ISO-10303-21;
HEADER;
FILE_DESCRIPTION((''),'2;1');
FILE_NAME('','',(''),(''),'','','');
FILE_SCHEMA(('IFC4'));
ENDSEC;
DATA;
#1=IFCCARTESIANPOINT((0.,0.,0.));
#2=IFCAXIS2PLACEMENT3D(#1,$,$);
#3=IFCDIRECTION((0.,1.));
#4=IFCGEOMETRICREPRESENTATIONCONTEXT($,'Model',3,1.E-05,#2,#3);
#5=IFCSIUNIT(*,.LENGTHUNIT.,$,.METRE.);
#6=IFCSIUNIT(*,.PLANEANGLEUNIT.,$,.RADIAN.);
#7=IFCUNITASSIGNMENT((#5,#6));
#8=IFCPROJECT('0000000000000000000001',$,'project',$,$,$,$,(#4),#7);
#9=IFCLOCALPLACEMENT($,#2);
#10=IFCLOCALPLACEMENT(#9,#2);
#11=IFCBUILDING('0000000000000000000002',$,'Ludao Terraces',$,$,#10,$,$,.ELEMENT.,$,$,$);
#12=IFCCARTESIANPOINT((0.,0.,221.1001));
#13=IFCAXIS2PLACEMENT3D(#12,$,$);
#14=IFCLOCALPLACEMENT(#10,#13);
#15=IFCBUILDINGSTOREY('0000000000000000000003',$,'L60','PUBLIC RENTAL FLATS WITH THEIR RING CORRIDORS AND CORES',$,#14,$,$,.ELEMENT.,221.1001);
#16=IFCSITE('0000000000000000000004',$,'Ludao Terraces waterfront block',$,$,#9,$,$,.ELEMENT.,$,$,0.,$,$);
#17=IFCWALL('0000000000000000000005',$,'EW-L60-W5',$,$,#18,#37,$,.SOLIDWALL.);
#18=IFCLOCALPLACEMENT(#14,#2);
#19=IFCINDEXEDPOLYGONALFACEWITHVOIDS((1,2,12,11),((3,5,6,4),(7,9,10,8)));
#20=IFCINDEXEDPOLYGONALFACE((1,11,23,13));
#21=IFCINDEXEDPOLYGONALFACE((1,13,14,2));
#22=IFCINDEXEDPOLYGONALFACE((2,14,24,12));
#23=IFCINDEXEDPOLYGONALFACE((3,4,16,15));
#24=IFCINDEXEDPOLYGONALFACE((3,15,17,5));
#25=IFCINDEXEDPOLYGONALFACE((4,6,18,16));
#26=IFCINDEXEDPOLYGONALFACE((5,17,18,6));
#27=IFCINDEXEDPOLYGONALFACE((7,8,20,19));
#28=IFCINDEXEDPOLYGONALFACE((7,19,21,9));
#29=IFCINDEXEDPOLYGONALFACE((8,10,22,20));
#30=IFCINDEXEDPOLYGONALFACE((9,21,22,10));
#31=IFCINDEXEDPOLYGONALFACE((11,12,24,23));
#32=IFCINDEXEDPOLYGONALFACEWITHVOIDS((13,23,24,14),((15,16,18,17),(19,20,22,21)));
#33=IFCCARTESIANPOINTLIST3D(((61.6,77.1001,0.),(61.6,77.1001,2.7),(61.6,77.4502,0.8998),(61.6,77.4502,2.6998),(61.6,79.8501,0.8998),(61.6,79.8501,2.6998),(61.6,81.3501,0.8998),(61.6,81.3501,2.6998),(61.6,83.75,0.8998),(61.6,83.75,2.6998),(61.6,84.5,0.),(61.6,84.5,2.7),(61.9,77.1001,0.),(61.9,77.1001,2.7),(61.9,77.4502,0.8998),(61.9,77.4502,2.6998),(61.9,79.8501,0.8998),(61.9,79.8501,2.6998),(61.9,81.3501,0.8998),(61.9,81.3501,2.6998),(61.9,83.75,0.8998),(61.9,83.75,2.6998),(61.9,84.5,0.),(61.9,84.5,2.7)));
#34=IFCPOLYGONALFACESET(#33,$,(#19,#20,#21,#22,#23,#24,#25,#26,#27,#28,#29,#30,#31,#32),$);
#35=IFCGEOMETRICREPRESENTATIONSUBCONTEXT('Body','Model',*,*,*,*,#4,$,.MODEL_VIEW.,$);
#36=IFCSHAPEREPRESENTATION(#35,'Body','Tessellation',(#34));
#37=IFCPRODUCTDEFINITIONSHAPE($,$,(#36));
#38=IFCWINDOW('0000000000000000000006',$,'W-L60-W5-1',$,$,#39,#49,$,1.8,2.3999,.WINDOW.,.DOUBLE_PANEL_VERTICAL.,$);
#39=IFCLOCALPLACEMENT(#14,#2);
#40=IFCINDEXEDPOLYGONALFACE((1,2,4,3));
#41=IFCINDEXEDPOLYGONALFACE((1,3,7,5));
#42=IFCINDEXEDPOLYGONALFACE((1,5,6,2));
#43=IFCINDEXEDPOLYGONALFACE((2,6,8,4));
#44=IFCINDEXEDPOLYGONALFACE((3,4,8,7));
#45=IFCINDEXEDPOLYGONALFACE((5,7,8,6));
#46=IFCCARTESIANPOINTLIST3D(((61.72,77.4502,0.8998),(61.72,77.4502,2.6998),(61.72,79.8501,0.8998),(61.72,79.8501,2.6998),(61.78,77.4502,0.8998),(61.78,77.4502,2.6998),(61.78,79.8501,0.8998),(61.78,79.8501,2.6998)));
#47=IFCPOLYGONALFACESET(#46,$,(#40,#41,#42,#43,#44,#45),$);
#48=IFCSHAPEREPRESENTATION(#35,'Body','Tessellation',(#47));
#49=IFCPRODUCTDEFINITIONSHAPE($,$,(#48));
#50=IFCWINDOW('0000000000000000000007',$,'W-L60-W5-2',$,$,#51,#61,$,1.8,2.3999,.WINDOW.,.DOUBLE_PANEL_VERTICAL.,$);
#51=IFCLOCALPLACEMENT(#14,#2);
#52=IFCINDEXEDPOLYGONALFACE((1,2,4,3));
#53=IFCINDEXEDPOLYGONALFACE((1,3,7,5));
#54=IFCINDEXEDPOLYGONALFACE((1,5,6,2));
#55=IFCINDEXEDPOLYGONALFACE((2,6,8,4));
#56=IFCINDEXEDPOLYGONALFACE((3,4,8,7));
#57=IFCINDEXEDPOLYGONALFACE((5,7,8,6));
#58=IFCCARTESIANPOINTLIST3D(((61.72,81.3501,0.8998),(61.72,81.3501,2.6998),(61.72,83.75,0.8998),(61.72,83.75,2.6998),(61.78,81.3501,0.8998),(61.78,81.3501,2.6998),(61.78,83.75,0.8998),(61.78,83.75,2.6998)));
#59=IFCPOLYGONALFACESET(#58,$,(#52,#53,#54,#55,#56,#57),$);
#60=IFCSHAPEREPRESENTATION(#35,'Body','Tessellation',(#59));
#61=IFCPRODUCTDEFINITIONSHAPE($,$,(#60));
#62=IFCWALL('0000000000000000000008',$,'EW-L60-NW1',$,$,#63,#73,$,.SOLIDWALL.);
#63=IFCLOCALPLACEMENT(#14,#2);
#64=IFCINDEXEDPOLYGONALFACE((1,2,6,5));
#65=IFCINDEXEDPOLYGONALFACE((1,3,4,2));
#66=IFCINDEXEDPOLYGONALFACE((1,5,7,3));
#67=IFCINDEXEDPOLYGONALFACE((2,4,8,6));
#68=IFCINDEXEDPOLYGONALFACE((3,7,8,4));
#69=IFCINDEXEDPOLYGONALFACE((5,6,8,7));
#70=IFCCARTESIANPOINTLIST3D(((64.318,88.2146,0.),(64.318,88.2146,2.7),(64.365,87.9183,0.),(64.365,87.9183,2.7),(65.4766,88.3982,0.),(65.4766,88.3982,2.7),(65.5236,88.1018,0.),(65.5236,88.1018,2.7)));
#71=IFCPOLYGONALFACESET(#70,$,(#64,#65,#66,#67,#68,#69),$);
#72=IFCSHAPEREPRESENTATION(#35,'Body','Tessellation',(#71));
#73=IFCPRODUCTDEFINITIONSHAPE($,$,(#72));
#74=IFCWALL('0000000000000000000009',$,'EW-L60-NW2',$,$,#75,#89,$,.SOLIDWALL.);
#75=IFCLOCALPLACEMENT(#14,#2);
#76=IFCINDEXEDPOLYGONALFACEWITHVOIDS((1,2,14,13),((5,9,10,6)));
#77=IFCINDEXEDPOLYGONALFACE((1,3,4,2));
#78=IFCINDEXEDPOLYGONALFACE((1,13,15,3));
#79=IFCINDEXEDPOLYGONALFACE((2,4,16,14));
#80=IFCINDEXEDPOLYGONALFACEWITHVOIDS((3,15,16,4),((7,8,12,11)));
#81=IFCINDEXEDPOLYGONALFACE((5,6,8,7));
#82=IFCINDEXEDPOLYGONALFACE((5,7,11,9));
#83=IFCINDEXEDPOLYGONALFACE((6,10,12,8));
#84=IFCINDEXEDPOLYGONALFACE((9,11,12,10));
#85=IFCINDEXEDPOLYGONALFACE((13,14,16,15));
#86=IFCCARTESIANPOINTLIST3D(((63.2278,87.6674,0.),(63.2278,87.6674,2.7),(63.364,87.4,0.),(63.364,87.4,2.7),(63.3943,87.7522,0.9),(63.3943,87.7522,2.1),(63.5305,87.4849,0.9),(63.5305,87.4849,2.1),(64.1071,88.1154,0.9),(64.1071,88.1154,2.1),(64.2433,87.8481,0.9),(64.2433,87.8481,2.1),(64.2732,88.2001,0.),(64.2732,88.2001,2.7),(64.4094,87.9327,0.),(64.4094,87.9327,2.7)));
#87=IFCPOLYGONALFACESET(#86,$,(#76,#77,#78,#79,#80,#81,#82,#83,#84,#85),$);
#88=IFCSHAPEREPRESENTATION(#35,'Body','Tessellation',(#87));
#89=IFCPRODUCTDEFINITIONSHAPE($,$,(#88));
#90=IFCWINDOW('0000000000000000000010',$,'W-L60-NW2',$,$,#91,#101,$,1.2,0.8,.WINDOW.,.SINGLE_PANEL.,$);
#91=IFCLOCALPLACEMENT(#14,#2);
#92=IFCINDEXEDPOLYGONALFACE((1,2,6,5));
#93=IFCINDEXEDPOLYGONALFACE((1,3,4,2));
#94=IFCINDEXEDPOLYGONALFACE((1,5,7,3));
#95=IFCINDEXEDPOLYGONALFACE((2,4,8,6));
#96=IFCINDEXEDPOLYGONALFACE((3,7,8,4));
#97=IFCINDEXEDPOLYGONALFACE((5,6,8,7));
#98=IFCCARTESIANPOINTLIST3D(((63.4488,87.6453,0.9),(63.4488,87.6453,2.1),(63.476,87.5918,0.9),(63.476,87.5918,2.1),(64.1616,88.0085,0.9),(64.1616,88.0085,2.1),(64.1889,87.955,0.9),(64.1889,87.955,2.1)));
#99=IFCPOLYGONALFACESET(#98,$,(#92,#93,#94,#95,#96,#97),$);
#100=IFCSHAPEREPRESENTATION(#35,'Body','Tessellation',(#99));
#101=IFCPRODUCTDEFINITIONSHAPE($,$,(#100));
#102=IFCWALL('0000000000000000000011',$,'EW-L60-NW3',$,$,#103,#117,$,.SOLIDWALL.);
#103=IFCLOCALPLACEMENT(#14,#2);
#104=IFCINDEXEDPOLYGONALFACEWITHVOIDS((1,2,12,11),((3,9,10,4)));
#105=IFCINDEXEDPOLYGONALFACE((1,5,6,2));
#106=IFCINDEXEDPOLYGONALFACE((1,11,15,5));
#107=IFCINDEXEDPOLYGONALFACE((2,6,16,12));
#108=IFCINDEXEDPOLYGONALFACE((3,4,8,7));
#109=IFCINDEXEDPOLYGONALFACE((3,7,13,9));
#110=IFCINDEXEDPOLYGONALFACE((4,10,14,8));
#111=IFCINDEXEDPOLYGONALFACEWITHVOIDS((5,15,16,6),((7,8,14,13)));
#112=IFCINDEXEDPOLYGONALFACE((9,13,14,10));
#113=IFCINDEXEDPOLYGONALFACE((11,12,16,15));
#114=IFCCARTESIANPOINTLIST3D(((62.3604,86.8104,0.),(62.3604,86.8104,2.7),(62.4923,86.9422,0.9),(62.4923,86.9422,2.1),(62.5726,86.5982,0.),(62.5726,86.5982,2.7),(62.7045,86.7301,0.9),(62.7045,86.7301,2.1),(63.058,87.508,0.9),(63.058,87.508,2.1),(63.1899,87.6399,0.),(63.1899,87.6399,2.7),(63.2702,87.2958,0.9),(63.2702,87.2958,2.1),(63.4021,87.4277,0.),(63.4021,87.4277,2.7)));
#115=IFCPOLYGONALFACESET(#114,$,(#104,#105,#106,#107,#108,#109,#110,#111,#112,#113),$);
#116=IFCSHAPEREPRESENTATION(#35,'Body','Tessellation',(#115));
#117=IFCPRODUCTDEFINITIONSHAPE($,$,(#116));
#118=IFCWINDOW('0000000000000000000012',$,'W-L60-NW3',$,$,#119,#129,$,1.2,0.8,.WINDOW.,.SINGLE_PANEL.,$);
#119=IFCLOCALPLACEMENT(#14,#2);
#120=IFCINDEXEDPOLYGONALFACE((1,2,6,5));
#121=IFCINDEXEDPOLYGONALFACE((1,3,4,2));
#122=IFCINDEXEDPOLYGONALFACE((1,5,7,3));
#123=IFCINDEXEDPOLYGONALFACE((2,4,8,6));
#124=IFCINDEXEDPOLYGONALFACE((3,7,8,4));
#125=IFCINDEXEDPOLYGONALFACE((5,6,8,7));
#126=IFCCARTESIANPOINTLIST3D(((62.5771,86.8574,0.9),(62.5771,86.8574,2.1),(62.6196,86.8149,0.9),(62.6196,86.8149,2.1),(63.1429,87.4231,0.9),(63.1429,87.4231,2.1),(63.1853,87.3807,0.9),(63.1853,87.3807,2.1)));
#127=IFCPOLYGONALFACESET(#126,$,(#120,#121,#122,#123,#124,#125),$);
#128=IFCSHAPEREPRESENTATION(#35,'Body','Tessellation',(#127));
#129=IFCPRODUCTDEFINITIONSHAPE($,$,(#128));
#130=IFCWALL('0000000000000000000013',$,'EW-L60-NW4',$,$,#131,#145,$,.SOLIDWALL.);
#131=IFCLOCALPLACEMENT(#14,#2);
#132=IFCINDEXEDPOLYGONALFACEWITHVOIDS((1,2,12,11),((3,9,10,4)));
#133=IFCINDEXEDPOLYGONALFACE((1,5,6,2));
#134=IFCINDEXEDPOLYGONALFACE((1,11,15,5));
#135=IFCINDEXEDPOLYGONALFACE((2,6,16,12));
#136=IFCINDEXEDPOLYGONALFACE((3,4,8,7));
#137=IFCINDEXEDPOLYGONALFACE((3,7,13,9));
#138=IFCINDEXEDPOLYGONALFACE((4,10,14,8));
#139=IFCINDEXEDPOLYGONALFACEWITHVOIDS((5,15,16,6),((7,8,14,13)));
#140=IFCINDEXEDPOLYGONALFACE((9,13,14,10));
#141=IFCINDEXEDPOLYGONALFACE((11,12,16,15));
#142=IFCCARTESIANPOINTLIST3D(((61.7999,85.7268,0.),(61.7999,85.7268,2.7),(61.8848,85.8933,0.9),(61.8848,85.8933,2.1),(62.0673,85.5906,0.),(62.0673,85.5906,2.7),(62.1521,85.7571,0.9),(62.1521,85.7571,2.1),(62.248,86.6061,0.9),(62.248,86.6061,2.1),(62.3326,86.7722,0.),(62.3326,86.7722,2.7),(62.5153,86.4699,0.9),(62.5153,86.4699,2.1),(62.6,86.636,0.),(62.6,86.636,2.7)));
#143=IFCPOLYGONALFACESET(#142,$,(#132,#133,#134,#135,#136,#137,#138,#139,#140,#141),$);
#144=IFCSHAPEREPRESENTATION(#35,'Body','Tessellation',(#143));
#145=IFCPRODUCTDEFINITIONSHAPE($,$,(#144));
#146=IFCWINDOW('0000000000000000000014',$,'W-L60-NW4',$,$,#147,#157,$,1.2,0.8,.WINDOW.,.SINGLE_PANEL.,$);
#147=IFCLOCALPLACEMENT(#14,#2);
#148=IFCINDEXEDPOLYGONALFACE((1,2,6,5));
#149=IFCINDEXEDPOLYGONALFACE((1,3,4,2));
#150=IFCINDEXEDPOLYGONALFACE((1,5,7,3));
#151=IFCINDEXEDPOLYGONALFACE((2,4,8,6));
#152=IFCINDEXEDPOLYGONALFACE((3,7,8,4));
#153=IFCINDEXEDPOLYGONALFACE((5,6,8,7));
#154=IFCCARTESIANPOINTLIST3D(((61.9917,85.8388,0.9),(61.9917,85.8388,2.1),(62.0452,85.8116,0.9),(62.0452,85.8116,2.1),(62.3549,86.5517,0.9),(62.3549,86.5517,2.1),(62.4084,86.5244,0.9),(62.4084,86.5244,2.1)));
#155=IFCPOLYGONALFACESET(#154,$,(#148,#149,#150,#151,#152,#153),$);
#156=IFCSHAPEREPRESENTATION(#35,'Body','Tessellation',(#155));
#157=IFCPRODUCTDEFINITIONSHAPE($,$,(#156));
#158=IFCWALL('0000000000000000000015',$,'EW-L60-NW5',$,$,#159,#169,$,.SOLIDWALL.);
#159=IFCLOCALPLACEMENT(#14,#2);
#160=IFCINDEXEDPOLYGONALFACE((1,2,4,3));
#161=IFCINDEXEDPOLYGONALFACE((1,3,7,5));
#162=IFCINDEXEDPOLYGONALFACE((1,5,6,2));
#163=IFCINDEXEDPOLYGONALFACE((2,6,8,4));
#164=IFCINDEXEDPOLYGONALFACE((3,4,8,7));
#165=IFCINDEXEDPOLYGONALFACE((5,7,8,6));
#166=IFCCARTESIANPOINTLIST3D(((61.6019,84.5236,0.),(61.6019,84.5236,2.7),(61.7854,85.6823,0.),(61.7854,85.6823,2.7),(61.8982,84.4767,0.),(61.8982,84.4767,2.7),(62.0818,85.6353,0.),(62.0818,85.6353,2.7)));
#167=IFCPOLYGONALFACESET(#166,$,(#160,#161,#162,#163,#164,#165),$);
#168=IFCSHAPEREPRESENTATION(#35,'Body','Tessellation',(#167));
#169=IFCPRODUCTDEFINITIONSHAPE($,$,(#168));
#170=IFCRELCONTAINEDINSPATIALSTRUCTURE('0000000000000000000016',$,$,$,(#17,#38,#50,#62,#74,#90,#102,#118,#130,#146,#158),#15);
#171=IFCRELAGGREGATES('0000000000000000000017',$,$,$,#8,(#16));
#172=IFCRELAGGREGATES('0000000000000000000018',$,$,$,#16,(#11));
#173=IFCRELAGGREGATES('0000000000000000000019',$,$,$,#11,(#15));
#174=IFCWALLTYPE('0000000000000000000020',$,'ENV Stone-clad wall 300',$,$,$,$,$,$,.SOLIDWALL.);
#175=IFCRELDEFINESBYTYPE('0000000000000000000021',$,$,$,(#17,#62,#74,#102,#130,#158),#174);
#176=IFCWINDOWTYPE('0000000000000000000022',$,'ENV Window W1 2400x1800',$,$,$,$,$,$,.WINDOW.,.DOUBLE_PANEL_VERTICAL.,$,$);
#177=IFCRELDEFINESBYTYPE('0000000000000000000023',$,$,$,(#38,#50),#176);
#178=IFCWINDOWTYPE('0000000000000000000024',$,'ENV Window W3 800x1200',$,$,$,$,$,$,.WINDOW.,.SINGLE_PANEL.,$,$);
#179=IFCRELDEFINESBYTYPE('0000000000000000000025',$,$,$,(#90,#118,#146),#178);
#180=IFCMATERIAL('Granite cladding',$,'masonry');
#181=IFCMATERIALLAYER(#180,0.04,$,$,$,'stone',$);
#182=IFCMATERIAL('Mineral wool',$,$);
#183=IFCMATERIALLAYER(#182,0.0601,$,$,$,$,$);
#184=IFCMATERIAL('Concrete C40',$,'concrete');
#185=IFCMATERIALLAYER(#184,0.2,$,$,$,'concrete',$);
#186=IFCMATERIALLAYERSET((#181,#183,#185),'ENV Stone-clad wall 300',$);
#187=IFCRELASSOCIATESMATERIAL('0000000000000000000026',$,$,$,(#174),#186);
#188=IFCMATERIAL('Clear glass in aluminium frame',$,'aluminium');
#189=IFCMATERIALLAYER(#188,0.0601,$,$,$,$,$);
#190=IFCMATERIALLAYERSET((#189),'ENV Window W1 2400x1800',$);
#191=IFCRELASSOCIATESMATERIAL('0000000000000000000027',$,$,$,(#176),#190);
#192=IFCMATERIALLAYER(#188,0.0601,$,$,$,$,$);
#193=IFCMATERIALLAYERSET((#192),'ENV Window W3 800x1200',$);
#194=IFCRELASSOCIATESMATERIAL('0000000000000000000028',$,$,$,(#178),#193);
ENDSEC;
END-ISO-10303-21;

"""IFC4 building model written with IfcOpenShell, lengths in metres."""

from ifc_helpers import new_model, si_unit, direction, frame, frame_2d, origin, place, context, subcontext, project, spatial, rectangle, extrude, material, layer, layer_set, type_object, element, fill, save


model = new_model("IFC4")

# Units and contexts
model_context = context("Model", 3, precision=1e-05, world=origin(), true_north=direction((0.0, 1.0)))
body_context = subcontext(model_context, "Body", "Model", "MODEL_VIEW")
ifc_project = project(units=[si_unit("LENGTHUNIT", "METRE"), si_unit("PLANEANGLEUNIT", "RADIAN")], contexts=[model_context])

# Site, building, storey
site_placement = place(None, origin())
site = spatial("IfcSite", under=ifc_project, at=site_placement, Name="Ludao Terraces waterfront block", CompositionType="ELEMENT", RefElevation=0.0)
building_placement = place(site_placement, origin())
building = spatial("IfcBuilding", under=site, at=building_placement, Name="Ludao Terraces", CompositionType="ELEMENT")
storey_placement = place(building_placement, frame((0.0, 0.0, 221.1001)))
storey = spatial("IfcBuildingStorey", under=building, at=storey_placement, Name="L60", Description="PUBLIC RENTAL FLATS WITH THEIR RING CORRIDORS AND CORES", CompositionType="ELEMENT", Elevation=221.1001)

# Shared definitions
ifc_material_1 = material(Name="Concrete C40", Category="concrete")

# Wall, openings, windows
ifc_material_2 = material(Name="Granite cladding", Category="masonry")
ifc_layer_1 = layer(ifc_material_2, 0.04, Category="stone")
ifc_material_3 = material(Name="Mineral wool")
ifc_layer_2 = layer(ifc_material_3, 0.0601)
ifc_layer_3 = layer(ifc_material_1, 0.2, Category="concrete")
ifc_layer_set_1 = layer_set([ifc_layer_1, ifc_layer_2, ifc_layer_3], Name="ENV Stone-clad wall 300")
wall_type_1 = type_object("IfcWallType", Name="ENV Stone-clad wall 300", PredefinedType="SOLIDWALL", material=ifc_layer_set_1)
ifc_material_4 = material(Name="Clear glass in aluminium frame", Category="aluminium")
ifc_layer_4 = layer(ifc_material_4, 0.0601)
ifc_layer_set_2 = layer_set([ifc_layer_4], Name="ENV Window W1 2400x1800")
window_type_1 = type_object("IfcWindowType", Name="ENV Window W1 2400x1800", PartitioningType="DOUBLE_PANEL_VERTICAL", PredefinedType="WINDOW", material=ifc_layer_set_2)
wall_1_placement = place(storey_placement, frame((61.75, 77.1001, 0.0), z_axis=(0.0, 0.0, 1.0), x_axis=(0.0, 1.0, 0.0)))
wall_1 = element("IfcWall", 1, at=wall_1_placement, inside=storey, type_object=wall_type_1, Name="EW-L60-W5", PredefinedType="SOLIDWALL", context=body_context, shape_type="SweptSolid", body=[
    extrude(rectangle(XDim=7.3999, YDim=0.3, at=frame_2d((3.7, 0.0))), origin(), (0.0, 0.0, 1.0), 2.7),
])
opening_1_placement = place(wall_1_placement, frame((0.3501, 0.0, 0.8999)))
opening_1 = element("IfcOpeningElement", 2, at=opening_1_placement, cuts=wall_1, PredefinedType="OPENING", context=body_context, shape_type="SweptSolid", body=[
    extrude(rectangle(XDim=2.3999, YDim=1.8, at=frame_2d((1.2, 0.8999))), frame((0.0, 0.1602, 0.0), z_axis=(0.0, -1.0, 0.0), x_axis=(1.0, 0.0, 0.0)), (0.0, 0.0, 1.0), 0.3201),
])
opening_2_placement = place(wall_1_placement, frame((4.25, 0.0, 0.8999)))
opening_2 = element("IfcOpeningElement", 3, at=opening_2_placement, cuts=wall_1, PredefinedType="OPENING", context=body_context, shape_type="SweptSolid", body=[
    extrude(rectangle(XDim=2.3999, YDim=1.8, at=frame_2d((1.2, 0.8999))), frame((0.0, 0.1602, 0.0), z_axis=(0.0, -1.0, 0.0), x_axis=(1.0, 0.0, 0.0)), (0.0, 0.0, 1.0), 0.3201),
])
window_1_placement = place(opening_1_placement, origin())
window_1 = element("IfcWindow", 4, at=window_1_placement, inside=storey, type_object=window_type_1, Name="W-L60-W5-1", OverallHeight=1.8, OverallWidth=2.3999, PartitioningType="DOUBLE_PANEL_VERTICAL", PredefinedType="WINDOW", context=body_context, shape_type="SweptSolid", body=[
    extrude(rectangle(XDim=2.3999, YDim=1.8, at=frame_2d((1.2, 0.8999))), frame((0.0, 0.03, 0.0), z_axis=(0.0, -1.0, 0.0), x_axis=(1.0, 0.0, 0.0)), (0.0, 0.0, 1.0), 0.0601),
])
fill(opening_1, window_1)
window_2_placement = place(opening_2_placement, origin())
window_2 = element("IfcWindow", 5, at=window_2_placement, inside=storey, type_object=window_type_1, Name="W-L60-W5-2", OverallHeight=1.8, OverallWidth=2.3999, PartitioningType="DOUBLE_PANEL_VERTICAL", PredefinedType="WINDOW", context=body_context, shape_type="SweptSolid", body=[
    extrude(rectangle(XDim=2.3999, YDim=1.8, at=frame_2d((1.2, 0.8999))), frame((0.0, 0.03, 0.0), z_axis=(0.0, -1.0, 0.0), x_axis=(1.0, 0.0, 0.0)), (0.0, 0.0, 1.0), 0.0601),
])
fill(opening_2, window_2)

# Wall
wall_2_placement = place(storey_placement, frame((65.5, 88.25, 0.0), z_axis=(0.0, 0.0, 1.0), x_axis=(-0.987678, -0.156497, 0.0)))
element("IfcWall", 6, at=wall_2_placement, inside=storey, type_object=wall_type_1, Name="EW-L60-NW1", PredefinedType="SOLIDWALL", context=body_context, shape_type="SweptSolid", body=[
    extrude(rectangle(XDim=1.1731, YDim=0.3, at=frame_2d((0.5864, 0.0))), origin(), (0.0, 0.0, 1.0), 2.7),
])

# Walls, openings, windows
wall_3_placement = place(storey_placement, frame((64.3413, 88.0664, 0.0), z_axis=(0.0, 0.0, 1.0), x_axis=(-0.890989, -0.454026, 0.0)))
wall_3 = element("IfcWall", 7, at=wall_3_placement, inside=storey, type_object=wall_type_1, Name="EW-L60-NW2", PredefinedType="SOLIDWALL", context=body_context, shape_type="SweptSolid", body=[
    extrude(rectangle(XDim=1.1733, YDim=0.3, at=frame_2d((0.5867, 0.0))), origin(), (0.0, 0.0, 1.0), 2.7),
])
opening_3_placement = place(wall_3_placement, frame((0.1865, 0.0, 0.8999)))
opening_3 = element("IfcOpeningElement", 8, at=opening_3_placement, cuts=wall_3, PredefinedType="OPENING", context=body_context, shape_type="SweptSolid", body=[
    extrude(rectangle(XDim=0.8, YDim=1.2, at=frame_2d((0.3999, 0.6001))), frame((0.0, 0.1602, 0.0), z_axis=(0.0, -1.0, 0.0), x_axis=(1.0, 0.0, 0.0)), (0.0, 0.0, 1.0), 0.3201),
])
ifc_layer_5 = layer(ifc_material_4, 0.0601)
ifc_layer_set_3 = layer_set([ifc_layer_5], Name="ENV Window W3 800x1200")
window_type_2 = type_object("IfcWindowType", Name="ENV Window W3 800x1200", PartitioningType="SINGLE_PANEL", PredefinedType="WINDOW", material=ifc_layer_set_3)
window_3_placement = place(opening_3_placement, origin())
window_3 = element("IfcWindow", 9, at=window_3_placement, inside=storey, type_object=window_type_2, Name="W-L60-NW2", OverallHeight=1.2, OverallWidth=0.8, PartitioningType="SINGLE_PANEL", PredefinedType="WINDOW", context=body_context, shape_type="SweptSolid", body=[
    extrude(rectangle(XDim=0.8, YDim=1.2, at=frame_2d((0.3999, 0.6001))), frame((0.0, 0.03, 0.0), z_axis=(0.0, -1.0, 0.0), x_axis=(1.0, 0.0, 0.0)), (0.0, 0.0, 1.0), 0.0601),
])
fill(opening_3, window_3)
wall_4_placement = place(storey_placement, frame((63.2959, 87.5337, 0.0), z_axis=(0.0, 0.0, 1.0), x_axis=(-0.707107, -0.707107, 0.0)))
wall_4 = element("IfcWall", 10, at=wall_4_placement, inside=storey, type_object=wall_type_1, Name="EW-L60-NW3", PredefinedType="SOLIDWALL", context=body_context, shape_type="SweptSolid", body=[
    extrude(rectangle(XDim=1.1731, YDim=0.3, at=frame_2d((0.5864, 0.0))), origin(), (0.0, 0.0, 1.0), 2.7),
])
opening_4_placement = place(wall_4_placement, frame((0.1865, 0.0, 0.8999)))
opening_4 = element("IfcOpeningElement", 11, at=opening_4_placement, cuts=wall_4, PredefinedType="OPENING", context=body_context, shape_type="SweptSolid", body=[
    extrude(rectangle(XDim=0.8, YDim=1.2, at=frame_2d((0.3999, 0.6001))), frame((0.0, 0.1602, 0.0), z_axis=(0.0, -1.0, 0.0), x_axis=(1.0, 0.0, 0.0)), (0.0, 0.0, 1.0), 0.3201),
])
window_4_placement = place(opening_4_placement, origin())
window_4 = element("IfcWindow", 12, at=window_4_placement, inside=storey, type_object=window_type_2, Name="W-L60-NW3", OverallHeight=1.2, OverallWidth=0.8, PartitioningType="SINGLE_PANEL", PredefinedType="WINDOW", context=body_context, shape_type="SweptSolid", body=[
    extrude(rectangle(XDim=0.8, YDim=1.2, at=frame_2d((0.3999, 0.6001))), frame((0.0, 0.03, 0.0), z_axis=(0.0, -1.0, 0.0), x_axis=(1.0, 0.0, 0.0)), (0.0, 0.0, 1.0), 0.0601),
])
fill(opening_4, window_4)
wall_5_placement = place(storey_placement, frame((62.4663, 86.7041, 0.0), z_axis=(0.0, 0.0, 1.0), x_axis=(-0.454026, -0.890989, 0.0)))
wall_5 = element("IfcWall", 13, at=wall_5_placement, inside=storey, type_object=wall_type_1, Name="EW-L60-NW4", PredefinedType="SOLIDWALL", context=body_context, shape_type="SweptSolid", body=[
    extrude(rectangle(XDim=1.1733, YDim=0.3, at=frame_2d((0.5867, 0.0))), origin(), (0.0, 0.0, 1.0), 2.7),
])
opening_5_placement = place(wall_5_placement, frame((0.1865, 0.0, 0.8999)))
opening_5 = element("IfcOpeningElement", 14, at=opening_5_placement, cuts=wall_5, PredefinedType="OPENING", context=body_context, shape_type="SweptSolid", body=[
    extrude(rectangle(XDim=0.8, YDim=1.2, at=frame_2d((0.3999, 0.6001))), frame((0.0, 0.1602, 0.0), z_axis=(0.0, -1.0, 0.0), x_axis=(1.0, 0.0, 0.0)), (0.0, 0.0, 1.0), 0.3201),
])
window_5_placement = place(opening_5_placement, origin())
window_5 = element("IfcWindow", 15, at=window_5_placement, inside=storey, type_object=window_type_2, Name="W-L60-NW4", OverallHeight=1.2, OverallWidth=0.8, PartitioningType="SINGLE_PANEL", PredefinedType="WINDOW", context=body_context, shape_type="SweptSolid", body=[
    extrude(rectangle(XDim=0.8, YDim=1.2, at=frame_2d((0.3999, 0.6001))), frame((0.0, 0.03, 0.0), z_axis=(0.0, -1.0, 0.0), x_axis=(1.0, 0.0, 0.0)), (0.0, 0.0, 1.0), 0.0601),
])
fill(opening_5, window_5)

# Wall
wall_6_placement = place(storey_placement, frame((61.9336, 85.6587, 0.0), z_axis=(0.0, 0.0, 1.0), x_axis=(-0.156497, -0.987678, 0.0)))
element("IfcWall", 16, at=wall_6_placement, inside=storey, type_object=wall_type_1, Name="EW-L60-NW5", PredefinedType="SOLIDWALL", context=body_context, shape_type="SweptSolid", body=[
    extrude(rectangle(XDim=1.1731, YDim=0.3, at=frame_2d((0.5864, 0.0))), origin(), (0.0, 0.0, 1.0), 2.7),
])

save(model, "model.ifc")
